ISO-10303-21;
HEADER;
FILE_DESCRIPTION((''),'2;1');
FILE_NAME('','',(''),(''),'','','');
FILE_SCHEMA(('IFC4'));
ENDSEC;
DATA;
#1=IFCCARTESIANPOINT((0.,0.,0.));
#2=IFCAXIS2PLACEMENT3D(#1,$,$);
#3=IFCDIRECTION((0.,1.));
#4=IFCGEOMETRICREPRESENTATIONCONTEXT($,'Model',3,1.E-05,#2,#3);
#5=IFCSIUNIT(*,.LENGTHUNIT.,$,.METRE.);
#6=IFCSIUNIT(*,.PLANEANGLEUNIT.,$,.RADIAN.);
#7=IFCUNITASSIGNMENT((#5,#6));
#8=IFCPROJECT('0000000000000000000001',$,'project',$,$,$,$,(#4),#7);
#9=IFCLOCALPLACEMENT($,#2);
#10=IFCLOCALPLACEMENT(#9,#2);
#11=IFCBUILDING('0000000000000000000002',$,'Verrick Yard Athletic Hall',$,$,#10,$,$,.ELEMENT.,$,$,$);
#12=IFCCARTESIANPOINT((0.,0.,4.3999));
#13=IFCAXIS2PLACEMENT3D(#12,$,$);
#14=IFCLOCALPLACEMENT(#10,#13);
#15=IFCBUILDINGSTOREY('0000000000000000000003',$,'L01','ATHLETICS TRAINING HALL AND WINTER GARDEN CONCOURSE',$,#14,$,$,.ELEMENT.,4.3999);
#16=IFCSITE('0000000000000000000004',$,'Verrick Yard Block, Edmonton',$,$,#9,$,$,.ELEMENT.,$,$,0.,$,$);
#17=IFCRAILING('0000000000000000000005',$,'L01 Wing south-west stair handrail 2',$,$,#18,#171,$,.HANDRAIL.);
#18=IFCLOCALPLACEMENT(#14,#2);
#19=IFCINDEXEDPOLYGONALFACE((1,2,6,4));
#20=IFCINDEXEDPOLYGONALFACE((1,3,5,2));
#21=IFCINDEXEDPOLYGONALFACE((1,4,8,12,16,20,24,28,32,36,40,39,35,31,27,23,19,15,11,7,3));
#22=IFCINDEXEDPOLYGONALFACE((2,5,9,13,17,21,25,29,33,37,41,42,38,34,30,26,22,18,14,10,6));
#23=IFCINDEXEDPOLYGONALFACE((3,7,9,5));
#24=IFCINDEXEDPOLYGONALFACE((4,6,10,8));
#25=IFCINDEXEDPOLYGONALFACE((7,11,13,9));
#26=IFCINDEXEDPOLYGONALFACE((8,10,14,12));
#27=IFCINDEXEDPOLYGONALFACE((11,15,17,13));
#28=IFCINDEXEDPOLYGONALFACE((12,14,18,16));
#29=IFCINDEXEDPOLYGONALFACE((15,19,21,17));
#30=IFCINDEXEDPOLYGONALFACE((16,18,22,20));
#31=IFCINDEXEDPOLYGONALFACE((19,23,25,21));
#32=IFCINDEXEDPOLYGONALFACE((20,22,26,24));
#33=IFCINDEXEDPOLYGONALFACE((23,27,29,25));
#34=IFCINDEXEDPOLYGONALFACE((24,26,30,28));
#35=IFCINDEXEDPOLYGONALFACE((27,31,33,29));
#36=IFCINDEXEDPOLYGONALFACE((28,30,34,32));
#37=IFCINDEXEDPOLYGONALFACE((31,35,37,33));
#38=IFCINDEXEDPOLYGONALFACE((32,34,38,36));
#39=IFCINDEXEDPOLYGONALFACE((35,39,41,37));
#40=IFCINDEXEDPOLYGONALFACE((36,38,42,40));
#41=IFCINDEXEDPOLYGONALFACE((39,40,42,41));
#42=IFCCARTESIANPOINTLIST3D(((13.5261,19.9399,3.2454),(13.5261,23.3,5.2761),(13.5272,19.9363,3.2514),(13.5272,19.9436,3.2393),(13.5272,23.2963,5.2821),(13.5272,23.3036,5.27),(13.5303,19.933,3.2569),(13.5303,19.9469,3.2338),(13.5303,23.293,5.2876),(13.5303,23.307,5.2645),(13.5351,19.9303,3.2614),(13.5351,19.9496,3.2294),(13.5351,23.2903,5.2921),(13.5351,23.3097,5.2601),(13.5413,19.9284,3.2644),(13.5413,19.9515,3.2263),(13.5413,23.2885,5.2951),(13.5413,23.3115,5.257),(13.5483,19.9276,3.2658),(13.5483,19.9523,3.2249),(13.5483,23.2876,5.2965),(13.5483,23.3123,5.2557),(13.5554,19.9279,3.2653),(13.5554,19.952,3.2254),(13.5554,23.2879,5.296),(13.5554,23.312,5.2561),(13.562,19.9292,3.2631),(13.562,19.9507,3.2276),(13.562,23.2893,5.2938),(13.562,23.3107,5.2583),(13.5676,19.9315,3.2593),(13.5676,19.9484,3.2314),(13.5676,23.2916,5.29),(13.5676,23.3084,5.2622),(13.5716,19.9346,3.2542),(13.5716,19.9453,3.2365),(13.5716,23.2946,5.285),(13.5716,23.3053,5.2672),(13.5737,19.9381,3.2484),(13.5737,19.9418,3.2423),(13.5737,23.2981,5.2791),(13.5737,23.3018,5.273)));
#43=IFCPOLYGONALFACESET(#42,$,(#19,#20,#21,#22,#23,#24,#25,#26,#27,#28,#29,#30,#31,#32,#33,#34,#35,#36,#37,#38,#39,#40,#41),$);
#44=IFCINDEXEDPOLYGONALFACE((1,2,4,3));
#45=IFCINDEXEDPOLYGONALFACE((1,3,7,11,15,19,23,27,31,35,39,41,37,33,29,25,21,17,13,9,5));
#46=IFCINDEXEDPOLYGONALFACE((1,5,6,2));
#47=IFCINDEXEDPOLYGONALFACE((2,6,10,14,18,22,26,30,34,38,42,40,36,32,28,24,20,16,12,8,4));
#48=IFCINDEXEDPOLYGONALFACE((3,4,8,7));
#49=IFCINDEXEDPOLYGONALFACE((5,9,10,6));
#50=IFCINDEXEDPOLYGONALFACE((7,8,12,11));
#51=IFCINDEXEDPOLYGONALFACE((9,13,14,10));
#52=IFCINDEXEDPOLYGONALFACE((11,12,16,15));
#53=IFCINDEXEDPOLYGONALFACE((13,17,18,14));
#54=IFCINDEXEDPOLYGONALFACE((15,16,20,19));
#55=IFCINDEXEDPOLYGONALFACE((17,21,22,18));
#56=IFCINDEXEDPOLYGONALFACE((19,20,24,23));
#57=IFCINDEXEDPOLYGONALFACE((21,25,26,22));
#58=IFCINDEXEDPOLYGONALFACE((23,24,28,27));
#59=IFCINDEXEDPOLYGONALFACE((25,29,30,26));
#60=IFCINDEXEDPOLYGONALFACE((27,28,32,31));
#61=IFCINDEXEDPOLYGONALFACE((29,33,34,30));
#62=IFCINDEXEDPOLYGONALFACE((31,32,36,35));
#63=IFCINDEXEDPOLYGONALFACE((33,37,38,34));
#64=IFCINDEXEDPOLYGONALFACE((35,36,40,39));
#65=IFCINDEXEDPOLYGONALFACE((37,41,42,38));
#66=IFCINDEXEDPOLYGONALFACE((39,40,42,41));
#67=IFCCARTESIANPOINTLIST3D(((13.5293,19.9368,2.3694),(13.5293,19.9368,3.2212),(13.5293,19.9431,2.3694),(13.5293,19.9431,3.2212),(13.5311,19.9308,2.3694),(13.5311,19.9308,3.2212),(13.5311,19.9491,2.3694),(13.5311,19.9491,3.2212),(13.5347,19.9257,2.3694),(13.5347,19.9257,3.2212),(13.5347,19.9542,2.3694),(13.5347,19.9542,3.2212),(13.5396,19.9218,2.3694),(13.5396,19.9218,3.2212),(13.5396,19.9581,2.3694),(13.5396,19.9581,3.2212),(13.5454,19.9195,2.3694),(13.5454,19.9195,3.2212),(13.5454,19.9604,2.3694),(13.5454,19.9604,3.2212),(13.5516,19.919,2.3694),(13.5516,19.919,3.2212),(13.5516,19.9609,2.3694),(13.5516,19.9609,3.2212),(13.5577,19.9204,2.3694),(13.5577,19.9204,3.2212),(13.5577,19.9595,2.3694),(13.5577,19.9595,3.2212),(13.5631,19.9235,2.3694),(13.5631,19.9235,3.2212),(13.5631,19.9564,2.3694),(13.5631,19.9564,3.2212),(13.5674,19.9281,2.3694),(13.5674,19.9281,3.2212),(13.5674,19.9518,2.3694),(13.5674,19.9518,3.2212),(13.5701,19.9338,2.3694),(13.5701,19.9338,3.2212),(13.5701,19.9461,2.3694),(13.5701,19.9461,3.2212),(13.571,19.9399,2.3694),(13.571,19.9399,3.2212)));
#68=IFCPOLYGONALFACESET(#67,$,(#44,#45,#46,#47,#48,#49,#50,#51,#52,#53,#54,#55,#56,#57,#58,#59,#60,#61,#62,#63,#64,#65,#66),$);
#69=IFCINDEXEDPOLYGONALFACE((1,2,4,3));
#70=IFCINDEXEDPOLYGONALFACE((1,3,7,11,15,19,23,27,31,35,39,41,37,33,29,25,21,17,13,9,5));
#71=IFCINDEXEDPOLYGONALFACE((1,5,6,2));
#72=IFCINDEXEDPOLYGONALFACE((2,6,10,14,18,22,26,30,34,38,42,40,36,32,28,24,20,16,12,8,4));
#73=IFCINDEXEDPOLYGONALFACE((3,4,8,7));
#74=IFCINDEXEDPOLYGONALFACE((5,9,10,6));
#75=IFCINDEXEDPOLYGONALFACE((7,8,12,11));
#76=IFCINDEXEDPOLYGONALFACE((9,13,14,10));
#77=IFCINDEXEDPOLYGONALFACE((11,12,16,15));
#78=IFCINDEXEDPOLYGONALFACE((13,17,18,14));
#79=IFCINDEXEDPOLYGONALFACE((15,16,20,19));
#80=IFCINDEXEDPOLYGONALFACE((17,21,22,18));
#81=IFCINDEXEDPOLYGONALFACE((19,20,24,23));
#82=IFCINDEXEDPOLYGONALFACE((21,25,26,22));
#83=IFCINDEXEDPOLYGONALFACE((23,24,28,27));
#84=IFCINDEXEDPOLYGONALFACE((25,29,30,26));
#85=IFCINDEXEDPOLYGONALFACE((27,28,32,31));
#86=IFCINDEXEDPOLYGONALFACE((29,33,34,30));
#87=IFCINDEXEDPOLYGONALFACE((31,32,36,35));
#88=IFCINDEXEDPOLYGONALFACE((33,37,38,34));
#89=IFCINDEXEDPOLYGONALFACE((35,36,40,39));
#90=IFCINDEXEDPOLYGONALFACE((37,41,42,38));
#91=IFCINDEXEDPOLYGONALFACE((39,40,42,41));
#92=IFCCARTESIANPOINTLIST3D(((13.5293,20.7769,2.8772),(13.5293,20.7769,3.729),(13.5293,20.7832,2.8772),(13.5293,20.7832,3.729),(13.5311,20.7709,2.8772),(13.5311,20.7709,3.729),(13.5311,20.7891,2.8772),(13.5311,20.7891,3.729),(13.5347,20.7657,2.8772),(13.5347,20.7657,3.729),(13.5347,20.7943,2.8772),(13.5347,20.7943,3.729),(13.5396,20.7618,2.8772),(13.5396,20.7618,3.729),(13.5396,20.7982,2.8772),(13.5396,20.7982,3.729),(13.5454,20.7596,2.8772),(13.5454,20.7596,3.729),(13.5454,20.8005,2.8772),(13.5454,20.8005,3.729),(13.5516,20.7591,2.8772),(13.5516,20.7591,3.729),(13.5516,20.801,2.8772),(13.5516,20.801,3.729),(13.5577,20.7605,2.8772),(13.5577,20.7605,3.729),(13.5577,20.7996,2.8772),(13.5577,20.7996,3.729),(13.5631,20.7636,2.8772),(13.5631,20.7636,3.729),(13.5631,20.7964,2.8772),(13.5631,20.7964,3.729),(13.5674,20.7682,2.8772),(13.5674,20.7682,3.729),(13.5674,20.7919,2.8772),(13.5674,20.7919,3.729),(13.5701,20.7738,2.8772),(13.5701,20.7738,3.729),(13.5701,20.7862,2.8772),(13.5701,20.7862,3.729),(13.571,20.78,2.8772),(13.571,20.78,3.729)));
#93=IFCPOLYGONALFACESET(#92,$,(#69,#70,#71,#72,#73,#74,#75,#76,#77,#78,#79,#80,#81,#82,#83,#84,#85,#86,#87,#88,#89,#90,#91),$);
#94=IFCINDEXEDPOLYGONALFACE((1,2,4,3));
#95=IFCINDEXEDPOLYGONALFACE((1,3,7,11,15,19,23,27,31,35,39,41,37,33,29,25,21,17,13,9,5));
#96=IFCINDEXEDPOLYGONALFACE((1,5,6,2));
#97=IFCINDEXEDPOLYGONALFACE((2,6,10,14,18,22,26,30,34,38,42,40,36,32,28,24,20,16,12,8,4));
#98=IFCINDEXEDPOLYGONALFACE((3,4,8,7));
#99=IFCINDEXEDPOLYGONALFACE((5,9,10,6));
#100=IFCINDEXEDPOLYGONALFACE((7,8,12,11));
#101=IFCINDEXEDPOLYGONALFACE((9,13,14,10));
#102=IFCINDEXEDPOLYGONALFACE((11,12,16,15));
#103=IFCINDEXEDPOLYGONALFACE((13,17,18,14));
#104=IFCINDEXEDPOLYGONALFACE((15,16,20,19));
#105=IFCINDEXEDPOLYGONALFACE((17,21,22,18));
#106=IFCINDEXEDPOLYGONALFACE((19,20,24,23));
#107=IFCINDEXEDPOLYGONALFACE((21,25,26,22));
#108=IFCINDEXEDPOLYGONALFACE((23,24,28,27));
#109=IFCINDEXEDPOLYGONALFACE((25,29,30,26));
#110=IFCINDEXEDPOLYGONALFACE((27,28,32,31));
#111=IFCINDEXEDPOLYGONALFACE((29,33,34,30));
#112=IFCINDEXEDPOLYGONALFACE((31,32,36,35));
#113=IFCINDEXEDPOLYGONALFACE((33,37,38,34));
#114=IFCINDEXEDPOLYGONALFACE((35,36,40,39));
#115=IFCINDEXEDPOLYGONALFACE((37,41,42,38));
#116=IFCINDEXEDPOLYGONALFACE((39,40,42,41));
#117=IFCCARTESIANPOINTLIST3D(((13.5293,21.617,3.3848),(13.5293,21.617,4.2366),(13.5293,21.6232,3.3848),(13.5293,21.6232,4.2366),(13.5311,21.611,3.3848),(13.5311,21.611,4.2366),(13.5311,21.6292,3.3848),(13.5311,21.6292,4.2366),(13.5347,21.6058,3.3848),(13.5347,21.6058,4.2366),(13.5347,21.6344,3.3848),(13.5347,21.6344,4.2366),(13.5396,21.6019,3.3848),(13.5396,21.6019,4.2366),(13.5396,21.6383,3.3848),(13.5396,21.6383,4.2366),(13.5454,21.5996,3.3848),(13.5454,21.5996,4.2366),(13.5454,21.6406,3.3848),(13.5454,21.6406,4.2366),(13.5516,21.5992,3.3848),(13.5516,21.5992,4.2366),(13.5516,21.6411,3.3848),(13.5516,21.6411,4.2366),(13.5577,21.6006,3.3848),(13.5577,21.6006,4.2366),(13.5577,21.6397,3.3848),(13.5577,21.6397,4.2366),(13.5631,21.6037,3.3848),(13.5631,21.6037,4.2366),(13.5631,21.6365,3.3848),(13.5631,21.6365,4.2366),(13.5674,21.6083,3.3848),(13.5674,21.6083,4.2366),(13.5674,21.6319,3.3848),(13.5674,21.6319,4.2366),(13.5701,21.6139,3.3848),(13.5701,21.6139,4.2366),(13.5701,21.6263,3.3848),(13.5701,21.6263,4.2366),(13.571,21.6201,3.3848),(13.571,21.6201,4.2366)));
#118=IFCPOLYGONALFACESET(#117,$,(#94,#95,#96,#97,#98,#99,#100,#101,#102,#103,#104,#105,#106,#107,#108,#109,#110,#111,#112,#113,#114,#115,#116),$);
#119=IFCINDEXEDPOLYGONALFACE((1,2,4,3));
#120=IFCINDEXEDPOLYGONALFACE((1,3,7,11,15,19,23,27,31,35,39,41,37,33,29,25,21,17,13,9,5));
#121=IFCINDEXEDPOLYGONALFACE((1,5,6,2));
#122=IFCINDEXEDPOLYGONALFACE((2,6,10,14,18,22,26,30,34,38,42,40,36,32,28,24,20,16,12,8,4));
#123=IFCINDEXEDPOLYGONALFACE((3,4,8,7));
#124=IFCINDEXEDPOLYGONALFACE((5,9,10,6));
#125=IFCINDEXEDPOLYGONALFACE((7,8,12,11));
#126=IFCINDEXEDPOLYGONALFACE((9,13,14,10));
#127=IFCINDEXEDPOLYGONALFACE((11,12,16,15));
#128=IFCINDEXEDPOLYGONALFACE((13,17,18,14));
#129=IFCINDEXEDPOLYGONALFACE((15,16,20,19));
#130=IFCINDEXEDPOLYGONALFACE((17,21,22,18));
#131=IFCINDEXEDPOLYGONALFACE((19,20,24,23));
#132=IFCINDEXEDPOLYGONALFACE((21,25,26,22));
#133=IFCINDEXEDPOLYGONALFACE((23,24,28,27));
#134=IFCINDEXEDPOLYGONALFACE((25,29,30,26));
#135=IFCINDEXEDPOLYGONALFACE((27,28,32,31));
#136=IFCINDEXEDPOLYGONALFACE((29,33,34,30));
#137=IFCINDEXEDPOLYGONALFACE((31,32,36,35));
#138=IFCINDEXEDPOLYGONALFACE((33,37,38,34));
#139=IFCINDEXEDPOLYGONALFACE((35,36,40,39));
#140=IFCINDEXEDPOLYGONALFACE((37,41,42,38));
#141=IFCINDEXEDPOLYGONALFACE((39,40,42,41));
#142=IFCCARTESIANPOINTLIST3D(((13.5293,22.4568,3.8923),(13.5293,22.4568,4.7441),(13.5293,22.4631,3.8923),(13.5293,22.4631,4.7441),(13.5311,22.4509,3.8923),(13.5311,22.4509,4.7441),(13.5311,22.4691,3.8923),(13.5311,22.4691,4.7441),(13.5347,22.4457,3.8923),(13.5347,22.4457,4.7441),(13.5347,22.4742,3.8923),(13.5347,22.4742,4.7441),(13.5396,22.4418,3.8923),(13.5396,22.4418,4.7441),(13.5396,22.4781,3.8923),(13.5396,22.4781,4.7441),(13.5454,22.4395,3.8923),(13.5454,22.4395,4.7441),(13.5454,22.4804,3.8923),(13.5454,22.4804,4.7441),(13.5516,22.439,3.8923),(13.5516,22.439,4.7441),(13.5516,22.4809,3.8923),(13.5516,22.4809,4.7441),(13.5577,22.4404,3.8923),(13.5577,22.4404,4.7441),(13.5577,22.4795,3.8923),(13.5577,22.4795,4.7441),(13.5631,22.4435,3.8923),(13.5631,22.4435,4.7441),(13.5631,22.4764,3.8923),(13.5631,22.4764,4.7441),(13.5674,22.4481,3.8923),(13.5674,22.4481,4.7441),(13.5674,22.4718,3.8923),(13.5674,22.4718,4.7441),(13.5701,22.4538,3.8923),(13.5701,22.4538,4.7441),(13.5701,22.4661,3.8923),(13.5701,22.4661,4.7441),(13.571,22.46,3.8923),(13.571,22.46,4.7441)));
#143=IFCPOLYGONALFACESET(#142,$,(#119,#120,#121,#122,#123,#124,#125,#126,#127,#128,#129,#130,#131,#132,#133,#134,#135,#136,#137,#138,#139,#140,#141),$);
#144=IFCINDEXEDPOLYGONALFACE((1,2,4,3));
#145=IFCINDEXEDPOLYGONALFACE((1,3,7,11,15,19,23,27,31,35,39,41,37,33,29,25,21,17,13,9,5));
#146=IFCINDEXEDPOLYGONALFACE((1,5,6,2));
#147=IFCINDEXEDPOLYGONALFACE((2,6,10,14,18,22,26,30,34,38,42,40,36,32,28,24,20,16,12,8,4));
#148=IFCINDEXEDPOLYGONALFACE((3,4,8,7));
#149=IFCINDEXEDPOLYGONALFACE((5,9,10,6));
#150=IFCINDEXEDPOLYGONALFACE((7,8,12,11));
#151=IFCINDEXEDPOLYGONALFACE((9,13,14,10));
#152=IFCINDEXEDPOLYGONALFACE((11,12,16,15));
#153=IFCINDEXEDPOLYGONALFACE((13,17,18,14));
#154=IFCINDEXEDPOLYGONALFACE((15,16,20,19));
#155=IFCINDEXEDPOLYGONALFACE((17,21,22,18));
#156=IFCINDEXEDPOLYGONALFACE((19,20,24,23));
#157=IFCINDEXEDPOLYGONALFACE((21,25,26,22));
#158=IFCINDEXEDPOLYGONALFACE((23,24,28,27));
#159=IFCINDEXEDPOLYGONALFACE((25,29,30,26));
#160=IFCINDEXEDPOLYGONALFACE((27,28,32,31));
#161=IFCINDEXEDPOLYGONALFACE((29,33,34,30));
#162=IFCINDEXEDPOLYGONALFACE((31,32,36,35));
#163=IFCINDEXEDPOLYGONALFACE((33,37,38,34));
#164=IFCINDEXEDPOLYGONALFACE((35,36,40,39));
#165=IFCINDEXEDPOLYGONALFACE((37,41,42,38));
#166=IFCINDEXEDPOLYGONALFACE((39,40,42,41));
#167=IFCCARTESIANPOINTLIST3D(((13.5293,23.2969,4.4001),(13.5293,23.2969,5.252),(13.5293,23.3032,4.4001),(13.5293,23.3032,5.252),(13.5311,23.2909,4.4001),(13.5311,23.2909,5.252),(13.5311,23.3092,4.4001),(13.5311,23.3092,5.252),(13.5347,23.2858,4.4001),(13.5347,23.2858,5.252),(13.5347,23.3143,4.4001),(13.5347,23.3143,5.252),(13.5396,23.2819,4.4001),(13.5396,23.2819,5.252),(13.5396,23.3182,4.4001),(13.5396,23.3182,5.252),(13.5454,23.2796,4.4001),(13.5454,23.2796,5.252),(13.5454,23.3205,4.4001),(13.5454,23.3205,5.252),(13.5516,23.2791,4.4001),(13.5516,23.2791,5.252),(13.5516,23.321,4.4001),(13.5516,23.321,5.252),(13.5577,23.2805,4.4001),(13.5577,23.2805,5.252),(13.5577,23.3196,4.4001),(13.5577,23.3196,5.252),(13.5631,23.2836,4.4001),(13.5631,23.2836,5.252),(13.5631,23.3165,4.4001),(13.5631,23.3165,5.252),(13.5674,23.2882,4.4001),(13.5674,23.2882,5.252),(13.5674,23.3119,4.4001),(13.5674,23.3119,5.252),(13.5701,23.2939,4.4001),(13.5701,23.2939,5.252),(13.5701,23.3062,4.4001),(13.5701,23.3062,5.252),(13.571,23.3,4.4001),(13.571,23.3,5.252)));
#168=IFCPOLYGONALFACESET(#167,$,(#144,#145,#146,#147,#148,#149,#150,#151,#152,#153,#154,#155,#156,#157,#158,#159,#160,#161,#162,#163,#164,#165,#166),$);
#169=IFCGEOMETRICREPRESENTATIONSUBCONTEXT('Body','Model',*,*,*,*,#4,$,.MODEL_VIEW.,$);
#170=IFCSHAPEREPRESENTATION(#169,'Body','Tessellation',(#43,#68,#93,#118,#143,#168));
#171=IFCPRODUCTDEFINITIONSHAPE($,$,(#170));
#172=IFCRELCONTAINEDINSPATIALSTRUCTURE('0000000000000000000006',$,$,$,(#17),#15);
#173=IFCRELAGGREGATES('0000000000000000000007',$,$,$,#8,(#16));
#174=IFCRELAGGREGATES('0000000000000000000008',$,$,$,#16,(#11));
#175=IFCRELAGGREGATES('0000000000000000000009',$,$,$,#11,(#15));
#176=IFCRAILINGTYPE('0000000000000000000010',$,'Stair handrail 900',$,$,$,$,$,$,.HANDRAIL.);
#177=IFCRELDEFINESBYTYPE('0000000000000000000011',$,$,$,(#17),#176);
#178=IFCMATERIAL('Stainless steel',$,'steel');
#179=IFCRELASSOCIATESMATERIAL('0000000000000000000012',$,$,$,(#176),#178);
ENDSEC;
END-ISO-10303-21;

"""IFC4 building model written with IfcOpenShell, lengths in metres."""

from ifc_helpers import new_model, si_unit, direction, frame, origin, origin_2d, place, context, subcontext, project, spatial, circle, extrude, material, type_object, element, save


model = new_model("IFC4")

# Units and contexts
model_context = context("Model", 3, precision=1e-05, world=origin(), true_north=direction((0.0, 1.0)))
body_context = subcontext(model_context, "Body", "Model", "MODEL_VIEW")
ifc_project = project(units=[si_unit("LENGTHUNIT", "METRE"), si_unit("PLANEANGLEUNIT", "RADIAN")], contexts=[model_context])

# Site, building, storey
site_placement = place(None, origin())
site = spatial("IfcSite", under=ifc_project, at=site_placement, Name="Verrick Yard Block, Edmonton", CompositionType="ELEMENT", RefElevation=0.0)
building_placement = place(site_placement, origin())
building = spatial("IfcBuilding", under=site, at=building_placement, Name="Verrick Yard Athletic Hall", CompositionType="ELEMENT")
storey_placement = place(building_placement, frame((0.0, 0.0, 4.3999)))
storey = spatial("IfcBuildingStorey", under=building, at=storey_placement, Name="L01", Description="ATHLETICS TRAINING HALL AND WINTER GARDEN CONCOURSE", CompositionType="ELEMENT", Elevation=4.3999)

# Railing
ifc_material_1 = material(Name="Stainless steel", Category="steel")
railing_type_1 = type_object("IfcRailingType", Name="Stair handrail 900", PredefinedType="HANDRAIL", material=ifc_material_1)
railing_1_placement = place(storey_placement, frame((13.55, 19.9399, 2.3694)))
element("IfcRailing", 1, at=railing_1_placement, inside=storey, type_object=railing_type_1, Name="L01 Wing south-west stair handrail 2", PredefinedType="HANDRAIL", context=body_context, shape_type="SweptSolid", body=[
    extrude(circle(Radius=0.0239, at=origin_2d()), frame((0.0, 0.0, 0.876), z_axis=(0.0, 0.855837, 0.517246), x_axis=(-1.0, 0.0, 0.0)), (0.0, 0.0, 1.0), 3.926),
    extrude(circle(Radius=0.021, at=origin_2d()), origin(), (0.0, 0.0, 1.0), 0.8518),
    extrude(circle(Radius=0.021, at=origin_2d()), frame((0.0, 0.8401, 0.5078)), (0.0, 0.0, 1.0), 0.8518),
    extrude(circle(Radius=0.021, at=origin_2d()), frame((0.0, 1.6802, 1.0154)), (0.0, 0.0, 1.0), 0.8518),
    extrude(circle(Radius=0.021, at=origin_2d()), frame((0.0, 2.52, 1.5229)), (0.0, 0.0, 1.0), 0.8518),
    extrude(circle(Radius=0.021, at=origin_2d()), frame((0.0, 3.3601, 2.0308)), (0.0, 0.0, 1.0), 0.8518),
])

save(model, "model.ifc")
